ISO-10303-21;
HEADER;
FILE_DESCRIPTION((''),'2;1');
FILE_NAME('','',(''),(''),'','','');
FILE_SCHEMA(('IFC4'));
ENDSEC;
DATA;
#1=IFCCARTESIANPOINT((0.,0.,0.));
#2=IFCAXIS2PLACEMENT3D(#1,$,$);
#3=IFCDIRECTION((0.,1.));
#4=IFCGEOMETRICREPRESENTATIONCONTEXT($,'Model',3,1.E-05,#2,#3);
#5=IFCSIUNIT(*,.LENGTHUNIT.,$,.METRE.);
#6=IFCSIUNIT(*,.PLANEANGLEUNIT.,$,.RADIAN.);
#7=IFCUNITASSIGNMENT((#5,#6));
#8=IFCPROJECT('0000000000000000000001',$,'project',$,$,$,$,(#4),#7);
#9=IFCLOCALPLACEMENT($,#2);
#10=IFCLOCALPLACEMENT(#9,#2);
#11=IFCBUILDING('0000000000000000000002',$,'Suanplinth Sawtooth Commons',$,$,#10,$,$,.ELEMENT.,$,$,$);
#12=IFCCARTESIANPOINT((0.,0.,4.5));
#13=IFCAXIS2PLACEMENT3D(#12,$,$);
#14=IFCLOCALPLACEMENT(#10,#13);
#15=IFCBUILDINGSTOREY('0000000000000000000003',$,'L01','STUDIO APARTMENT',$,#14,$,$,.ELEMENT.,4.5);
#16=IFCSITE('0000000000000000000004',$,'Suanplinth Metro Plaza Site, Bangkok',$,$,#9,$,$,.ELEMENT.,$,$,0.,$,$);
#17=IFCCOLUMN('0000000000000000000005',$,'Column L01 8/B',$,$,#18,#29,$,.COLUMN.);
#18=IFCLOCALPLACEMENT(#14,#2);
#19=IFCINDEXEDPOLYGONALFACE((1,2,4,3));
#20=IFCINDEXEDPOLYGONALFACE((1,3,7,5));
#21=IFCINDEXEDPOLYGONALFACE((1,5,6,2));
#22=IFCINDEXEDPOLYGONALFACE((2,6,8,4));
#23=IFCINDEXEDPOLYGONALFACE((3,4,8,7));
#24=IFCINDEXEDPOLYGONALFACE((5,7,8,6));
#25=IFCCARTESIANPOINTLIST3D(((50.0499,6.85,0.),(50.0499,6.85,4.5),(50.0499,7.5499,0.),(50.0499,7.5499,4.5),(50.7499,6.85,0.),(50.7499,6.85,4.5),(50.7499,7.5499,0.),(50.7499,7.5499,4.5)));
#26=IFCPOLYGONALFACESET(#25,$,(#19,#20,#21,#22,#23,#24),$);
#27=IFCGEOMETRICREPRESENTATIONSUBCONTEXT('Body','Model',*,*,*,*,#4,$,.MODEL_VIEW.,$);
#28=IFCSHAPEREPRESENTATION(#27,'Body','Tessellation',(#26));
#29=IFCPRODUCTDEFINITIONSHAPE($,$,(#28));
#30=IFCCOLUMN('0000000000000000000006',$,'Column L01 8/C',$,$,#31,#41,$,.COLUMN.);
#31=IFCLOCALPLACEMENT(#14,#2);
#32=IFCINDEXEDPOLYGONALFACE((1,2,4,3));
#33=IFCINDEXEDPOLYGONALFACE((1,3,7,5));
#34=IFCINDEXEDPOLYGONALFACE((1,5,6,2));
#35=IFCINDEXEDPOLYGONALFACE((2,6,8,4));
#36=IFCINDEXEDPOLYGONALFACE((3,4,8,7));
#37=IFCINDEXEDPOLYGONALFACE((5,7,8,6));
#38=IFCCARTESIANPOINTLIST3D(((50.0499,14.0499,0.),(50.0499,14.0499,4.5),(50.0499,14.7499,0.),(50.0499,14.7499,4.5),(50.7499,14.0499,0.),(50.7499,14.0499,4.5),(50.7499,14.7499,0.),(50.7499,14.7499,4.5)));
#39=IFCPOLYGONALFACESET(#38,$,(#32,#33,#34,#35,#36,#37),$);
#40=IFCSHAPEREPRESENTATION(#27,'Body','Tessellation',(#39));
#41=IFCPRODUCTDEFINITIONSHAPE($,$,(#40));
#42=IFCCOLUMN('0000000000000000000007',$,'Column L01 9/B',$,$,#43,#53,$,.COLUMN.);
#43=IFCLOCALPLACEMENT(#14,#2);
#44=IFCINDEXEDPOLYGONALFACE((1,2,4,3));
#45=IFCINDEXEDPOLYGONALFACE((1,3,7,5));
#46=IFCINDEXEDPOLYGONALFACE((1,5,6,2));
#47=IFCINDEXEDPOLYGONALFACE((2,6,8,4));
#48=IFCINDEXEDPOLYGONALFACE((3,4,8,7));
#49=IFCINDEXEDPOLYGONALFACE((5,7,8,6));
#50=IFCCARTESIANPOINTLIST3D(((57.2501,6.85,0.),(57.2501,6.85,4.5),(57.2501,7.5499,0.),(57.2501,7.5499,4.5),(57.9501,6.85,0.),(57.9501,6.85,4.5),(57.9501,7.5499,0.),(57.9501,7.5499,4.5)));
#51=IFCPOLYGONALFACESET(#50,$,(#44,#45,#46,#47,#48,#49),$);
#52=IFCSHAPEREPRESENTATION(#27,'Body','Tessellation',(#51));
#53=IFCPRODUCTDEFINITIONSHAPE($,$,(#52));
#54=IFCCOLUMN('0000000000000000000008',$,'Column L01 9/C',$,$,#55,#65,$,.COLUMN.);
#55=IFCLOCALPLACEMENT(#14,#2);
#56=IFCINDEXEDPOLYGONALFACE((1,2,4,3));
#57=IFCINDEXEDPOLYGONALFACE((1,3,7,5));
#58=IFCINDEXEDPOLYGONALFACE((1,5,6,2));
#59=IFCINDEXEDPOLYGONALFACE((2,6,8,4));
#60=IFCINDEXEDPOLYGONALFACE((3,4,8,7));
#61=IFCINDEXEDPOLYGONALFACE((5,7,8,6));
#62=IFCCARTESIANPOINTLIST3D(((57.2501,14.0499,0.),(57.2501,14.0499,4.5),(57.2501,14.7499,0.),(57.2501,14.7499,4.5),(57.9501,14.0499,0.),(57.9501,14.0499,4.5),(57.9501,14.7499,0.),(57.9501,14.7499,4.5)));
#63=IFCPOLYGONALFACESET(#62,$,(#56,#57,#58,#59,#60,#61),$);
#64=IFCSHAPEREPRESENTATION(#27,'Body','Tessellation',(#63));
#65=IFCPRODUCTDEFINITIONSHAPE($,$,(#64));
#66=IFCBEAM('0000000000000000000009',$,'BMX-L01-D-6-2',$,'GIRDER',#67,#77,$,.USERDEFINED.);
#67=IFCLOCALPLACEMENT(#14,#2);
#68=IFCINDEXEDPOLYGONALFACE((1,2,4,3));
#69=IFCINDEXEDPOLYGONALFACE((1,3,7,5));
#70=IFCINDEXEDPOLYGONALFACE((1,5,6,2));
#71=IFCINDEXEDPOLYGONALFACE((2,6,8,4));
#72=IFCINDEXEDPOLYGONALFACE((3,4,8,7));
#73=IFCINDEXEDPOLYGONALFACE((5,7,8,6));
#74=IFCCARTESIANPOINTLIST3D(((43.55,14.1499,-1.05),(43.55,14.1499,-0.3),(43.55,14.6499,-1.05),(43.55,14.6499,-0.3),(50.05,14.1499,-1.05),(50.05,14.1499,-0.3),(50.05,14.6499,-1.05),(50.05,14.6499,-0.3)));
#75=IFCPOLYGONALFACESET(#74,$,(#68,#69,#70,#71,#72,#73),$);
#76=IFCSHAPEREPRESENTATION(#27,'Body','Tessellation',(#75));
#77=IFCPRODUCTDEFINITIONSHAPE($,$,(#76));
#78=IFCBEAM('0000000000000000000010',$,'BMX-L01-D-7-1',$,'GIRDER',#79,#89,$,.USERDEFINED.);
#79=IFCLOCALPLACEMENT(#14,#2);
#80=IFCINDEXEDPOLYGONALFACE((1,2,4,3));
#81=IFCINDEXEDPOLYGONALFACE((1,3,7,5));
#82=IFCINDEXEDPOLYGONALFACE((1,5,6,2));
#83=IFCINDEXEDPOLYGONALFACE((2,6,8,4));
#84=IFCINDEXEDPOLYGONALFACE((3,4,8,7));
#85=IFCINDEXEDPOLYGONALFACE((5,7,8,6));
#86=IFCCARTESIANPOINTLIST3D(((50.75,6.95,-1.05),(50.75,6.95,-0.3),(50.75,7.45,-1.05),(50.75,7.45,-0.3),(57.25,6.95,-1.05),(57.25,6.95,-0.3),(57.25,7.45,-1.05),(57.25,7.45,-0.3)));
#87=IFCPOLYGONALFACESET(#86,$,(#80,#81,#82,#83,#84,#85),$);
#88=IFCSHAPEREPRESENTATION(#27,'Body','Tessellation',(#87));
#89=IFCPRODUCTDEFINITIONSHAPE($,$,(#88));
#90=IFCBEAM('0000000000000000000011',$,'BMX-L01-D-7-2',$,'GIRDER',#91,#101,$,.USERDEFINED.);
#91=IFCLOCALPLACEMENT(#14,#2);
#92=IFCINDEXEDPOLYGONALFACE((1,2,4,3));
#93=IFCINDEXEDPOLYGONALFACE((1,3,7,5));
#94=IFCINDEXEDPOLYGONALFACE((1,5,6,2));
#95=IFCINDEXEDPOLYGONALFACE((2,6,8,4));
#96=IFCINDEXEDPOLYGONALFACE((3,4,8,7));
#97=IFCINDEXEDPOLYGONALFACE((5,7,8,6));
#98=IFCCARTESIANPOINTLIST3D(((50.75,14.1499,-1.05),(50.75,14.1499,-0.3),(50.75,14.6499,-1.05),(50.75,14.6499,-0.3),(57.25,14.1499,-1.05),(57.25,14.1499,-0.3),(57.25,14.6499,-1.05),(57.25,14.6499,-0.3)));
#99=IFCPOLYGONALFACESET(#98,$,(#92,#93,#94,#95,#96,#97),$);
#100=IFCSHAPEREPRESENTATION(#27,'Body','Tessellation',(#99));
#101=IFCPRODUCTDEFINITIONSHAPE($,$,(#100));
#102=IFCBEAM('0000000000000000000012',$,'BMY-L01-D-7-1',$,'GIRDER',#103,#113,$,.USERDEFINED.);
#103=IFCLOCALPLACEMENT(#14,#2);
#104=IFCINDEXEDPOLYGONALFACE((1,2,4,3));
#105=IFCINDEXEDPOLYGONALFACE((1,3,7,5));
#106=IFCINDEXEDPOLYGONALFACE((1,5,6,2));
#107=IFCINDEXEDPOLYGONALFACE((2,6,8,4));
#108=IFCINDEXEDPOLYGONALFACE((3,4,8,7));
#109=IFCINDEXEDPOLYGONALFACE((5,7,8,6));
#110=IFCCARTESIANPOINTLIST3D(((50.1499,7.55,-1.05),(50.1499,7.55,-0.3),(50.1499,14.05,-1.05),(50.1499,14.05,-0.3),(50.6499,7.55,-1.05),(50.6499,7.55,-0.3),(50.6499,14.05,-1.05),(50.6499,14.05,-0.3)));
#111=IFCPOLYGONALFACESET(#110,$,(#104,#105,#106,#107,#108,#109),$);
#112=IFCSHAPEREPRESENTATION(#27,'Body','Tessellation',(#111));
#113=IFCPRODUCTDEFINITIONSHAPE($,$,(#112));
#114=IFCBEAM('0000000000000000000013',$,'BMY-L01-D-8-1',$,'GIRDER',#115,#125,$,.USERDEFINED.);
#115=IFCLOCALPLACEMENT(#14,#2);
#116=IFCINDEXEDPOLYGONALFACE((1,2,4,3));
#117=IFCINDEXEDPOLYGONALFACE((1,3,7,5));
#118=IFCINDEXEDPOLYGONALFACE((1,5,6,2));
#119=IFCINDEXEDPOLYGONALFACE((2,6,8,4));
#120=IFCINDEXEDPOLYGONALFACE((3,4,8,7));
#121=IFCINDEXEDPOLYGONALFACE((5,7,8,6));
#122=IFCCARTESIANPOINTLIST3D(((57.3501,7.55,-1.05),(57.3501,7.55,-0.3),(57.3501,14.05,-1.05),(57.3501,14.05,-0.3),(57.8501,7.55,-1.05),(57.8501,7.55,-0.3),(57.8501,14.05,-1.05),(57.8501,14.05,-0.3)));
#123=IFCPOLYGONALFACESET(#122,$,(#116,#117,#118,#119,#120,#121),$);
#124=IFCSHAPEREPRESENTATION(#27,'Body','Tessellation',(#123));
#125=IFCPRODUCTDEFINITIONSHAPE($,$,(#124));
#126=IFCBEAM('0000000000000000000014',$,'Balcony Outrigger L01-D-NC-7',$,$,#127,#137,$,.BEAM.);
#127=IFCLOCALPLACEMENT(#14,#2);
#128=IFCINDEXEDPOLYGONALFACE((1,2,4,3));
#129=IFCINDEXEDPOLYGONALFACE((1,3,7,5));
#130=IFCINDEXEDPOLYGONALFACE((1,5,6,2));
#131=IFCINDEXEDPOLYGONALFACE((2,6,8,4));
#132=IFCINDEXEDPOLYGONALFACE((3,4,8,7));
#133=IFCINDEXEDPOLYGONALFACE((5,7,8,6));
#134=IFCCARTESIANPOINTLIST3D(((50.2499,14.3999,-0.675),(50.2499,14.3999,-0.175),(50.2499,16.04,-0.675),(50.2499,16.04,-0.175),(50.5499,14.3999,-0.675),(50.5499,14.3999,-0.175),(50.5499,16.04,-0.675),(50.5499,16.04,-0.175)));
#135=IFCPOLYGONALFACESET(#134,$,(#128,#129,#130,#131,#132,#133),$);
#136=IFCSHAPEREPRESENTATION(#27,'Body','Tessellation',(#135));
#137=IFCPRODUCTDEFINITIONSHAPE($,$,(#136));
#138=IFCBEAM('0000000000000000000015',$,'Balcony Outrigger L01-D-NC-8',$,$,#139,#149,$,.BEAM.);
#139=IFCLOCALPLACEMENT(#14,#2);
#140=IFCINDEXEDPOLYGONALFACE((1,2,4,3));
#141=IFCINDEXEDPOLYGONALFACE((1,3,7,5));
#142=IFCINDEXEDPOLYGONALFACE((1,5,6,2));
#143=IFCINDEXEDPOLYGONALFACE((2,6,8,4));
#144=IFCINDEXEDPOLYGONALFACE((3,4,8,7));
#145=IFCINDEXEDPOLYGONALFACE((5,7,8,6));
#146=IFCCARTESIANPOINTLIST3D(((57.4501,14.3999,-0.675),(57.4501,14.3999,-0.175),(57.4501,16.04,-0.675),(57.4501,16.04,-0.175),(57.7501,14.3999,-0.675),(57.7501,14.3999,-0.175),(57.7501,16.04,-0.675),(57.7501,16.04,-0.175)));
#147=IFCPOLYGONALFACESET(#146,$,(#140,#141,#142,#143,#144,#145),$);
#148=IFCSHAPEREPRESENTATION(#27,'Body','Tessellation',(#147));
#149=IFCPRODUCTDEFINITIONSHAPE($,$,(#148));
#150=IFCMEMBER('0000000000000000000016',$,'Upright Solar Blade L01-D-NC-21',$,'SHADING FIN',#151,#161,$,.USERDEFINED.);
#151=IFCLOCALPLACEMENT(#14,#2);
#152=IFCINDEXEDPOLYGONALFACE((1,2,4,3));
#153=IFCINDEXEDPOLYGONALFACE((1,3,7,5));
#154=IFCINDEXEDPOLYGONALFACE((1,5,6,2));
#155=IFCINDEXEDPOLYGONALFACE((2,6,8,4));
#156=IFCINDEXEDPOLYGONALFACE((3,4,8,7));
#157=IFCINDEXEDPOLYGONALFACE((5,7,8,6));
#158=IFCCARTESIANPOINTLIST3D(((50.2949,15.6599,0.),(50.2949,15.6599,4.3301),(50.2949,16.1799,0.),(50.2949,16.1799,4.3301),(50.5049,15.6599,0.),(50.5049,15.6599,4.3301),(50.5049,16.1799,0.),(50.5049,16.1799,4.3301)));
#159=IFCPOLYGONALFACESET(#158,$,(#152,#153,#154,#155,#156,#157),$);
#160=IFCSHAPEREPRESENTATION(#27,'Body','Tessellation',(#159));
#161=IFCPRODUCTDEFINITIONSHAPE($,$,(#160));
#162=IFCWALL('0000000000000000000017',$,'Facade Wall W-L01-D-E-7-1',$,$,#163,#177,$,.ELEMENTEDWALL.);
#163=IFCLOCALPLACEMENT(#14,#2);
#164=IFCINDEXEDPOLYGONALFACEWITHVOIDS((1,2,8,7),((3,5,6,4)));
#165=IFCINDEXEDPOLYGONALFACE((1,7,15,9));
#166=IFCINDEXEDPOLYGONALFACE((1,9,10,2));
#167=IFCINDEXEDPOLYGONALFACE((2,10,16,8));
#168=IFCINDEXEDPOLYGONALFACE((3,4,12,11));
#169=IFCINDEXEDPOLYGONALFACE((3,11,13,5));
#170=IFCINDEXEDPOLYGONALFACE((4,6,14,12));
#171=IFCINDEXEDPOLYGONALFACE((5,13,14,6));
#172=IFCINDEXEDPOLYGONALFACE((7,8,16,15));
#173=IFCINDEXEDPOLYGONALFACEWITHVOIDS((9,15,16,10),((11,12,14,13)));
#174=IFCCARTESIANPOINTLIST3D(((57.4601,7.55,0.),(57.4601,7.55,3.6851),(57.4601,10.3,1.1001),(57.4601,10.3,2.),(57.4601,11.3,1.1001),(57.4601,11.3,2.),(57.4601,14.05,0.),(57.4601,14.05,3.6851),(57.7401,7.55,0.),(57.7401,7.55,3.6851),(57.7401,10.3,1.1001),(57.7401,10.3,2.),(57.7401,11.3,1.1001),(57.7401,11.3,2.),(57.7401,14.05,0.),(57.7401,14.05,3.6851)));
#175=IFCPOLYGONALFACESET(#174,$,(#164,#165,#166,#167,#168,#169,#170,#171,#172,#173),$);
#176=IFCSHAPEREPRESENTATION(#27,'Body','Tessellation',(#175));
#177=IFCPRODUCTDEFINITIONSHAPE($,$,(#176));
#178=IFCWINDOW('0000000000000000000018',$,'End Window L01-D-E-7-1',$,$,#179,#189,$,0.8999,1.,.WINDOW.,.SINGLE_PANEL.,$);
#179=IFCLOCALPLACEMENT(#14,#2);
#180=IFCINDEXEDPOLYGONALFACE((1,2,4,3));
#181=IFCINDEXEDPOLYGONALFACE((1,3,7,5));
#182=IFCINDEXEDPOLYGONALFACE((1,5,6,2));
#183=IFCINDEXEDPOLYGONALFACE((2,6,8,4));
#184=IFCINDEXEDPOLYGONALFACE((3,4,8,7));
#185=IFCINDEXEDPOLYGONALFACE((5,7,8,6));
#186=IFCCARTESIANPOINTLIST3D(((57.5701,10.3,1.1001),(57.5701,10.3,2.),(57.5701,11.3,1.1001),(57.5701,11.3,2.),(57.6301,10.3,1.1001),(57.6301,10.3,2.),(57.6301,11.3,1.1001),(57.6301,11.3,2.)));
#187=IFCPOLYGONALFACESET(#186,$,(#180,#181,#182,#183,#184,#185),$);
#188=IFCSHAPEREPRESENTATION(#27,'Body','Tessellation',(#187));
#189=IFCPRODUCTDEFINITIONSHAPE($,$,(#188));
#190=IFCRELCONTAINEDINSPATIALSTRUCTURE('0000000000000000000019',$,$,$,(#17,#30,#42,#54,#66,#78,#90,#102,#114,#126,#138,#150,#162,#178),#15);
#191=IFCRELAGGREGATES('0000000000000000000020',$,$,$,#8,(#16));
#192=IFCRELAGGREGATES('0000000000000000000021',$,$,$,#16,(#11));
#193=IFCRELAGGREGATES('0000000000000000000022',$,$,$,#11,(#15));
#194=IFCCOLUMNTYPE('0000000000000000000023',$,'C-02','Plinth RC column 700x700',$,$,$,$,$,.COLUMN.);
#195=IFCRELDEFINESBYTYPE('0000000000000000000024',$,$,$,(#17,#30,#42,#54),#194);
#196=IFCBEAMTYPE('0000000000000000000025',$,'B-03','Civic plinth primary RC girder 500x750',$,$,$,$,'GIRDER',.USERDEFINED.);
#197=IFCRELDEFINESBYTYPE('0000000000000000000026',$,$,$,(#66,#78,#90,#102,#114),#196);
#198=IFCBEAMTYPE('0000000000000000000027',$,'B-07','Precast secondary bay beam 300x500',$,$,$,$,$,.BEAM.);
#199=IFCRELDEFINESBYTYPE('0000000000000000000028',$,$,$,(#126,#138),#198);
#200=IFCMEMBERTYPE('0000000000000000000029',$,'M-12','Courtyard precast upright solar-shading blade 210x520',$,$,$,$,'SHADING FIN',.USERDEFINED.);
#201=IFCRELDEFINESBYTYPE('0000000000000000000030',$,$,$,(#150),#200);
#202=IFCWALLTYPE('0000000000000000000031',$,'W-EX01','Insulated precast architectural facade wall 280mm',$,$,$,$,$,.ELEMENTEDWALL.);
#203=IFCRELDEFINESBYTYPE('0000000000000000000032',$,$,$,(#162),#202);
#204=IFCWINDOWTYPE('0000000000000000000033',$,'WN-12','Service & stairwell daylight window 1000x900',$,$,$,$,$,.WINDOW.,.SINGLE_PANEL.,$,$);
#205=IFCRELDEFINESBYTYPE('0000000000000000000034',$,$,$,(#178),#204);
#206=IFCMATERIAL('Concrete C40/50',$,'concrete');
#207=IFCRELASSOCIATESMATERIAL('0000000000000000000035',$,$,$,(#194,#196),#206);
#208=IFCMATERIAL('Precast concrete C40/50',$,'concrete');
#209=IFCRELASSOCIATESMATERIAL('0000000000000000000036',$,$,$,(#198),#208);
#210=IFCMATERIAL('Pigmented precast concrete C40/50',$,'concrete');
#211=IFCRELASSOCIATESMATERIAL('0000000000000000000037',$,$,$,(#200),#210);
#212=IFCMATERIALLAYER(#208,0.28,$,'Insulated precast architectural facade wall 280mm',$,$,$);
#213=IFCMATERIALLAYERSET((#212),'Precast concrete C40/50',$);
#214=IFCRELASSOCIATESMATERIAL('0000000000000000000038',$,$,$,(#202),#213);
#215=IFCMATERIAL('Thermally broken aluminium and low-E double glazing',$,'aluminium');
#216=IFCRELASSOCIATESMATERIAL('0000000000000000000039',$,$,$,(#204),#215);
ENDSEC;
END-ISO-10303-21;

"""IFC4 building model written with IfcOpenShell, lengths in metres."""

from ifc_helpers import new_model, si_unit, direction, frame, frame_2d, origin, origin_2d, place, context, subcontext, project, spatial, rectangle, extrude, material, layer, layer_set, material_profile, profile_set, type_object, element, fill, save


model = new_model("IFC4")

# Units and contexts
model_context = context("Model", 3, precision=1e-05, world=origin(), true_north=direction((0.0, 1.0)))
body_context = subcontext(model_context, "Body", "Model", "MODEL_VIEW")
ifc_project = project(units=[si_unit("LENGTHUNIT", "METRE"), si_unit("PLANEANGLEUNIT", "RADIAN")], contexts=[model_context])

# Site, building, storey
site_placement = place(None, origin())
site = spatial("IfcSite", under=ifc_project, at=site_placement, Name="Suanplinth Metro Plaza Site, Bangkok", CompositionType="ELEMENT", RefElevation=0.0)
building_placement = place(site_placement, origin())
building = spatial("IfcBuilding", under=site, at=building_placement, Name="Suanplinth Sawtooth Commons", CompositionType="ELEMENT")
storey_placement = place(building_placement, frame((0.0, 0.0, 4.5)))
storey = spatial("IfcBuildingStorey", under=building, at=storey_placement, Name="L01", Description="STUDIO APARTMENT", CompositionType="ELEMENT", Elevation=4.5)

# Columns
ifc_material_1 = material(Name="Concrete C40/50", Category="concrete")
ifc_material_profile_1 = material_profile(ifc_material_1, rectangle(XDim=0.7, YDim=0.7, at=origin_2d()), Name="RC-COL 700x700")
ifc_profile_set_1 = profile_set([ifc_material_profile_1], Name="Concrete C40/50")
column_type = type_object("IfcColumnType", Name="C-02", Description="Plinth RC column 700x700", PredefinedType="COLUMN", material=ifc_profile_set_1)
for number, where, z_axis, x_axis, name in (
    (1, (50.3999, 7.2, 0.0), (0.0, 0.0, 1.0), (1.0, 0.0, 0.0), "Column L01 8/B"),
    (2, (50.3999, 14.3999, 0.0), (0.0, 0.0, 1.0), (1.0, 0.0, 0.0), "Column L01 8/C"),
    (3, (57.6001, 7.2, 0.0), (0.0, 0.0, 1.0), (1.0, 0.0, 0.0), "Column L01 9/B"),
    (4, (57.6001, 14.3999, 0.0), (0.0, 0.0, 1.0), (1.0, 0.0, 0.0), "Column L01 9/C"),
):
    element("IfcColumn", number, at=place(storey_placement, frame(where, z_axis=z_axis, x_axis=x_axis)), inside=storey, type_object=column_type, Name=name, PredefinedType="COLUMN", context=body_context, shape_type="SweptSolid", body=[
        extrude(rectangle(XDim=0.7, YDim=0.7, at=origin_2d()), origin(), (0.0, 0.0, 1.0), 4.5),
    ])

# Beams
ifc_material_profile_2 = material_profile(ifc_material_1, rectangle(XDim=0.5, YDim=0.75, at=origin_2d()), Name="RC-GDR 500x750")
ifc_profile_set_2 = profile_set([ifc_material_profile_2], Name="Concrete C40/50")
beam_type_1 = type_object("IfcBeamType", Name="B-03", Description="Civic plinth primary RC girder 500x750", ElementType="GIRDER", PredefinedType="USERDEFINED", material=ifc_profile_set_2)
for number, where, z_axis, x_axis, name in (
    (5, (43.55, 14.3999, -0.675), (1.0, 0.0, 0.0), (0.0, 1.0, 0.0), "BMX-L01-D-6-2"),
    (6, (50.75, 7.2, -0.675), (1.0, 0.0, 0.0), (0.0, 1.0, 0.0), "BMX-L01-D-7-1"),
    (7, (50.75, 14.3999, -0.675), (1.0, 0.0, 0.0), (0.0, 1.0, 0.0), "BMX-L01-D-7-2"),
    (8, (50.3999, 7.55, -0.675), (0.0, 1.0, 0.0), (-1.0, 0.0, 0.0), "BMY-L01-D-7-1"),
    (9, (57.6001, 7.55, -0.675), (0.0, 1.0, 0.0), (-1.0, 0.0, 0.0), "BMY-L01-D-8-1"),
):
    element("IfcBeam", number, at=place(storey_placement, frame(where, z_axis=z_axis, x_axis=x_axis)), inside=storey, type_object=beam_type_1, Name=name, ObjectType="GIRDER", PredefinedType="USERDEFINED", context=body_context, shape_type="SweptSolid", body=[
        extrude(rectangle(XDim=0.5, YDim=0.75, at=origin_2d()), origin(), (0.0, 0.0, 1.0), 6.5),
    ])
ifc_material_2 = material(Name="Precast concrete C40/50", Category="concrete")
ifc_material_profile_3 = material_profile(ifc_material_2, rectangle(XDim=0.3, YDim=0.5, at=origin_2d()), Name="PC-BM 300x500")
ifc_profile_set_3 = profile_set([ifc_material_profile_3], Name="Precast concrete C40/50")
beam_type_2 = type_object("IfcBeamType", Name="B-07", Description="Precast secondary bay beam 300x500", PredefinedType="BEAM", material=ifc_profile_set_3)
for number, where, z_axis, x_axis, name in (
    (10, (50.3999, 14.3999, -0.425), (0.0, 1.0, 0.0), (-1.0, 0.0, 0.0), "Balcony Outrigger L01-D-NC-7"),
    (11, (57.6001, 14.3999, -0.425), (0.0, 1.0, 0.0), (-1.0, 0.0, 0.0), "Balcony Outrigger L01-D-NC-8"),
):
    element("IfcBeam", number, at=place(storey_placement, frame(where, z_axis=z_axis, x_axis=x_axis)), inside=storey, type_object=beam_type_2, Name=name, PredefinedType="BEAM", context=body_context, shape_type="SweptSolid", body=[
        extrude(rectangle(XDim=0.3, YDim=0.5, at=origin_2d()), origin(), (0.0, 0.0, 1.0), 1.6401),
    ])

# Member
ifc_material_3 = material(Name="Pigmented precast concrete C40/50", Category="concrete")
ifc_material_profile_4 = material_profile(ifc_material_3, rectangle(XDim=0.21, YDim=0.52, at=origin_2d()), Name="PC-FIN 210x520")
ifc_profile_set_4 = profile_set([ifc_material_profile_4], Name="Pigmented precast concrete C40/50")
member_type = type_object("IfcMemberType", Name="M-12", Description="Courtyard precast upright solar-shading blade 210x520", ElementType="SHADING FIN", PredefinedType="USERDEFINED", material=ifc_profile_set_4)
member_placement = place(storey_placement, frame((50.3999, 15.9199, 0.0), z_axis=(0.0, 0.0, 1.0), x_axis=(1.0, 0.0, 0.0)))
element("IfcMember", 12, at=member_placement, inside=storey, type_object=member_type, Name="Upright Solar Blade L01-D-NC-21", ObjectType="SHADING FIN", PredefinedType="USERDEFINED", context=body_context, shape_type="SweptSolid", body=[
    extrude(rectangle(XDim=0.21, YDim=0.52, at=origin_2d()), origin(), (0.0, 0.0, 1.0), 4.3301),
])

# Shared definitions
ifc_layer_1 = layer(ifc_material_2, 0.28, Name="Insulated precast architectural facade wall 280mm")
ifc_layer_set_1 = layer_set([ifc_layer_1], Name="Precast concrete C40/50")
wall_type_1 = type_object("IfcWallType", Name="W-EX01", Description="Insulated precast architectural facade wall 280mm", PredefinedType="ELEMENTEDWALL", material=ifc_layer_set_1)
ifc_material_4 = material(Name="Thermally broken aluminium and low-E double glazing", Category="aluminium")

# Wall, opening, window
wall_1_placement = place(storey_placement, frame((57.6001, 7.55, 0.0), z_axis=(0.0, 0.0, 1.0), x_axis=(0.0, 1.0, 0.0)))
wall_1 = element("IfcWall", 13, at=wall_1_placement, inside=storey, type_object=wall_type_1, Name="Facade Wall W-L01-D-E-7-1", PredefinedType="ELEMENTEDWALL", context=body_context, shape_type="SweptSolid", body=[
    extrude(rectangle(XDim=6.5, YDim=0.28, at=frame_2d((3.25, 0.0))), origin(), (0.0, 0.0, 1.0), 3.6851),
])
opening_1_placement = place(wall_1_placement, frame((2.75, 0.0, 1.1001)))
opening_1 = element("IfcOpeningElement", 14, at=opening_1_placement, cuts=wall_1, PredefinedType="OPENING", context=body_context, shape_type="SweptSolid", body=[
    extrude(rectangle(XDim=1.0, YDim=0.8999, at=frame_2d((0.5, 0.45))), frame((0.0, 0.1548, 0.0), z_axis=(0.0, -1.0, 0.0), x_axis=(1.0, 0.0, 0.0)), (0.0, 0.0, 1.0), 0.3098),
])
window_type_1 = type_object("IfcWindowType", Name="WN-12", Description="Service & stairwell daylight window 1000x900", PartitioningType="SINGLE_PANEL", PredefinedType="WINDOW", material=ifc_material_4)
window_1_placement = place(opening_1_placement, origin())
window_1 = element("IfcWindow", 15, at=window_1_placement, inside=storey, type_object=window_type_1, Name="End Window L01-D-E-7-1", OverallHeight=0.8999, OverallWidth=1.0, PartitioningType="SINGLE_PANEL", PredefinedType="WINDOW", context=body_context, shape_type="SweptSolid", body=[
    extrude(rectangle(XDim=1.0, YDim=0.8999, at=frame_2d((0.5, 0.45))), frame((0.0, 0.03, 0.0), z_axis=(0.0, -1.0, 0.0), x_axis=(1.0, 0.0, 0.0)), (0.0, 0.0, 1.0), 0.0601),
])
fill(opening_1, window_1)

save(model, "model.ifc")
